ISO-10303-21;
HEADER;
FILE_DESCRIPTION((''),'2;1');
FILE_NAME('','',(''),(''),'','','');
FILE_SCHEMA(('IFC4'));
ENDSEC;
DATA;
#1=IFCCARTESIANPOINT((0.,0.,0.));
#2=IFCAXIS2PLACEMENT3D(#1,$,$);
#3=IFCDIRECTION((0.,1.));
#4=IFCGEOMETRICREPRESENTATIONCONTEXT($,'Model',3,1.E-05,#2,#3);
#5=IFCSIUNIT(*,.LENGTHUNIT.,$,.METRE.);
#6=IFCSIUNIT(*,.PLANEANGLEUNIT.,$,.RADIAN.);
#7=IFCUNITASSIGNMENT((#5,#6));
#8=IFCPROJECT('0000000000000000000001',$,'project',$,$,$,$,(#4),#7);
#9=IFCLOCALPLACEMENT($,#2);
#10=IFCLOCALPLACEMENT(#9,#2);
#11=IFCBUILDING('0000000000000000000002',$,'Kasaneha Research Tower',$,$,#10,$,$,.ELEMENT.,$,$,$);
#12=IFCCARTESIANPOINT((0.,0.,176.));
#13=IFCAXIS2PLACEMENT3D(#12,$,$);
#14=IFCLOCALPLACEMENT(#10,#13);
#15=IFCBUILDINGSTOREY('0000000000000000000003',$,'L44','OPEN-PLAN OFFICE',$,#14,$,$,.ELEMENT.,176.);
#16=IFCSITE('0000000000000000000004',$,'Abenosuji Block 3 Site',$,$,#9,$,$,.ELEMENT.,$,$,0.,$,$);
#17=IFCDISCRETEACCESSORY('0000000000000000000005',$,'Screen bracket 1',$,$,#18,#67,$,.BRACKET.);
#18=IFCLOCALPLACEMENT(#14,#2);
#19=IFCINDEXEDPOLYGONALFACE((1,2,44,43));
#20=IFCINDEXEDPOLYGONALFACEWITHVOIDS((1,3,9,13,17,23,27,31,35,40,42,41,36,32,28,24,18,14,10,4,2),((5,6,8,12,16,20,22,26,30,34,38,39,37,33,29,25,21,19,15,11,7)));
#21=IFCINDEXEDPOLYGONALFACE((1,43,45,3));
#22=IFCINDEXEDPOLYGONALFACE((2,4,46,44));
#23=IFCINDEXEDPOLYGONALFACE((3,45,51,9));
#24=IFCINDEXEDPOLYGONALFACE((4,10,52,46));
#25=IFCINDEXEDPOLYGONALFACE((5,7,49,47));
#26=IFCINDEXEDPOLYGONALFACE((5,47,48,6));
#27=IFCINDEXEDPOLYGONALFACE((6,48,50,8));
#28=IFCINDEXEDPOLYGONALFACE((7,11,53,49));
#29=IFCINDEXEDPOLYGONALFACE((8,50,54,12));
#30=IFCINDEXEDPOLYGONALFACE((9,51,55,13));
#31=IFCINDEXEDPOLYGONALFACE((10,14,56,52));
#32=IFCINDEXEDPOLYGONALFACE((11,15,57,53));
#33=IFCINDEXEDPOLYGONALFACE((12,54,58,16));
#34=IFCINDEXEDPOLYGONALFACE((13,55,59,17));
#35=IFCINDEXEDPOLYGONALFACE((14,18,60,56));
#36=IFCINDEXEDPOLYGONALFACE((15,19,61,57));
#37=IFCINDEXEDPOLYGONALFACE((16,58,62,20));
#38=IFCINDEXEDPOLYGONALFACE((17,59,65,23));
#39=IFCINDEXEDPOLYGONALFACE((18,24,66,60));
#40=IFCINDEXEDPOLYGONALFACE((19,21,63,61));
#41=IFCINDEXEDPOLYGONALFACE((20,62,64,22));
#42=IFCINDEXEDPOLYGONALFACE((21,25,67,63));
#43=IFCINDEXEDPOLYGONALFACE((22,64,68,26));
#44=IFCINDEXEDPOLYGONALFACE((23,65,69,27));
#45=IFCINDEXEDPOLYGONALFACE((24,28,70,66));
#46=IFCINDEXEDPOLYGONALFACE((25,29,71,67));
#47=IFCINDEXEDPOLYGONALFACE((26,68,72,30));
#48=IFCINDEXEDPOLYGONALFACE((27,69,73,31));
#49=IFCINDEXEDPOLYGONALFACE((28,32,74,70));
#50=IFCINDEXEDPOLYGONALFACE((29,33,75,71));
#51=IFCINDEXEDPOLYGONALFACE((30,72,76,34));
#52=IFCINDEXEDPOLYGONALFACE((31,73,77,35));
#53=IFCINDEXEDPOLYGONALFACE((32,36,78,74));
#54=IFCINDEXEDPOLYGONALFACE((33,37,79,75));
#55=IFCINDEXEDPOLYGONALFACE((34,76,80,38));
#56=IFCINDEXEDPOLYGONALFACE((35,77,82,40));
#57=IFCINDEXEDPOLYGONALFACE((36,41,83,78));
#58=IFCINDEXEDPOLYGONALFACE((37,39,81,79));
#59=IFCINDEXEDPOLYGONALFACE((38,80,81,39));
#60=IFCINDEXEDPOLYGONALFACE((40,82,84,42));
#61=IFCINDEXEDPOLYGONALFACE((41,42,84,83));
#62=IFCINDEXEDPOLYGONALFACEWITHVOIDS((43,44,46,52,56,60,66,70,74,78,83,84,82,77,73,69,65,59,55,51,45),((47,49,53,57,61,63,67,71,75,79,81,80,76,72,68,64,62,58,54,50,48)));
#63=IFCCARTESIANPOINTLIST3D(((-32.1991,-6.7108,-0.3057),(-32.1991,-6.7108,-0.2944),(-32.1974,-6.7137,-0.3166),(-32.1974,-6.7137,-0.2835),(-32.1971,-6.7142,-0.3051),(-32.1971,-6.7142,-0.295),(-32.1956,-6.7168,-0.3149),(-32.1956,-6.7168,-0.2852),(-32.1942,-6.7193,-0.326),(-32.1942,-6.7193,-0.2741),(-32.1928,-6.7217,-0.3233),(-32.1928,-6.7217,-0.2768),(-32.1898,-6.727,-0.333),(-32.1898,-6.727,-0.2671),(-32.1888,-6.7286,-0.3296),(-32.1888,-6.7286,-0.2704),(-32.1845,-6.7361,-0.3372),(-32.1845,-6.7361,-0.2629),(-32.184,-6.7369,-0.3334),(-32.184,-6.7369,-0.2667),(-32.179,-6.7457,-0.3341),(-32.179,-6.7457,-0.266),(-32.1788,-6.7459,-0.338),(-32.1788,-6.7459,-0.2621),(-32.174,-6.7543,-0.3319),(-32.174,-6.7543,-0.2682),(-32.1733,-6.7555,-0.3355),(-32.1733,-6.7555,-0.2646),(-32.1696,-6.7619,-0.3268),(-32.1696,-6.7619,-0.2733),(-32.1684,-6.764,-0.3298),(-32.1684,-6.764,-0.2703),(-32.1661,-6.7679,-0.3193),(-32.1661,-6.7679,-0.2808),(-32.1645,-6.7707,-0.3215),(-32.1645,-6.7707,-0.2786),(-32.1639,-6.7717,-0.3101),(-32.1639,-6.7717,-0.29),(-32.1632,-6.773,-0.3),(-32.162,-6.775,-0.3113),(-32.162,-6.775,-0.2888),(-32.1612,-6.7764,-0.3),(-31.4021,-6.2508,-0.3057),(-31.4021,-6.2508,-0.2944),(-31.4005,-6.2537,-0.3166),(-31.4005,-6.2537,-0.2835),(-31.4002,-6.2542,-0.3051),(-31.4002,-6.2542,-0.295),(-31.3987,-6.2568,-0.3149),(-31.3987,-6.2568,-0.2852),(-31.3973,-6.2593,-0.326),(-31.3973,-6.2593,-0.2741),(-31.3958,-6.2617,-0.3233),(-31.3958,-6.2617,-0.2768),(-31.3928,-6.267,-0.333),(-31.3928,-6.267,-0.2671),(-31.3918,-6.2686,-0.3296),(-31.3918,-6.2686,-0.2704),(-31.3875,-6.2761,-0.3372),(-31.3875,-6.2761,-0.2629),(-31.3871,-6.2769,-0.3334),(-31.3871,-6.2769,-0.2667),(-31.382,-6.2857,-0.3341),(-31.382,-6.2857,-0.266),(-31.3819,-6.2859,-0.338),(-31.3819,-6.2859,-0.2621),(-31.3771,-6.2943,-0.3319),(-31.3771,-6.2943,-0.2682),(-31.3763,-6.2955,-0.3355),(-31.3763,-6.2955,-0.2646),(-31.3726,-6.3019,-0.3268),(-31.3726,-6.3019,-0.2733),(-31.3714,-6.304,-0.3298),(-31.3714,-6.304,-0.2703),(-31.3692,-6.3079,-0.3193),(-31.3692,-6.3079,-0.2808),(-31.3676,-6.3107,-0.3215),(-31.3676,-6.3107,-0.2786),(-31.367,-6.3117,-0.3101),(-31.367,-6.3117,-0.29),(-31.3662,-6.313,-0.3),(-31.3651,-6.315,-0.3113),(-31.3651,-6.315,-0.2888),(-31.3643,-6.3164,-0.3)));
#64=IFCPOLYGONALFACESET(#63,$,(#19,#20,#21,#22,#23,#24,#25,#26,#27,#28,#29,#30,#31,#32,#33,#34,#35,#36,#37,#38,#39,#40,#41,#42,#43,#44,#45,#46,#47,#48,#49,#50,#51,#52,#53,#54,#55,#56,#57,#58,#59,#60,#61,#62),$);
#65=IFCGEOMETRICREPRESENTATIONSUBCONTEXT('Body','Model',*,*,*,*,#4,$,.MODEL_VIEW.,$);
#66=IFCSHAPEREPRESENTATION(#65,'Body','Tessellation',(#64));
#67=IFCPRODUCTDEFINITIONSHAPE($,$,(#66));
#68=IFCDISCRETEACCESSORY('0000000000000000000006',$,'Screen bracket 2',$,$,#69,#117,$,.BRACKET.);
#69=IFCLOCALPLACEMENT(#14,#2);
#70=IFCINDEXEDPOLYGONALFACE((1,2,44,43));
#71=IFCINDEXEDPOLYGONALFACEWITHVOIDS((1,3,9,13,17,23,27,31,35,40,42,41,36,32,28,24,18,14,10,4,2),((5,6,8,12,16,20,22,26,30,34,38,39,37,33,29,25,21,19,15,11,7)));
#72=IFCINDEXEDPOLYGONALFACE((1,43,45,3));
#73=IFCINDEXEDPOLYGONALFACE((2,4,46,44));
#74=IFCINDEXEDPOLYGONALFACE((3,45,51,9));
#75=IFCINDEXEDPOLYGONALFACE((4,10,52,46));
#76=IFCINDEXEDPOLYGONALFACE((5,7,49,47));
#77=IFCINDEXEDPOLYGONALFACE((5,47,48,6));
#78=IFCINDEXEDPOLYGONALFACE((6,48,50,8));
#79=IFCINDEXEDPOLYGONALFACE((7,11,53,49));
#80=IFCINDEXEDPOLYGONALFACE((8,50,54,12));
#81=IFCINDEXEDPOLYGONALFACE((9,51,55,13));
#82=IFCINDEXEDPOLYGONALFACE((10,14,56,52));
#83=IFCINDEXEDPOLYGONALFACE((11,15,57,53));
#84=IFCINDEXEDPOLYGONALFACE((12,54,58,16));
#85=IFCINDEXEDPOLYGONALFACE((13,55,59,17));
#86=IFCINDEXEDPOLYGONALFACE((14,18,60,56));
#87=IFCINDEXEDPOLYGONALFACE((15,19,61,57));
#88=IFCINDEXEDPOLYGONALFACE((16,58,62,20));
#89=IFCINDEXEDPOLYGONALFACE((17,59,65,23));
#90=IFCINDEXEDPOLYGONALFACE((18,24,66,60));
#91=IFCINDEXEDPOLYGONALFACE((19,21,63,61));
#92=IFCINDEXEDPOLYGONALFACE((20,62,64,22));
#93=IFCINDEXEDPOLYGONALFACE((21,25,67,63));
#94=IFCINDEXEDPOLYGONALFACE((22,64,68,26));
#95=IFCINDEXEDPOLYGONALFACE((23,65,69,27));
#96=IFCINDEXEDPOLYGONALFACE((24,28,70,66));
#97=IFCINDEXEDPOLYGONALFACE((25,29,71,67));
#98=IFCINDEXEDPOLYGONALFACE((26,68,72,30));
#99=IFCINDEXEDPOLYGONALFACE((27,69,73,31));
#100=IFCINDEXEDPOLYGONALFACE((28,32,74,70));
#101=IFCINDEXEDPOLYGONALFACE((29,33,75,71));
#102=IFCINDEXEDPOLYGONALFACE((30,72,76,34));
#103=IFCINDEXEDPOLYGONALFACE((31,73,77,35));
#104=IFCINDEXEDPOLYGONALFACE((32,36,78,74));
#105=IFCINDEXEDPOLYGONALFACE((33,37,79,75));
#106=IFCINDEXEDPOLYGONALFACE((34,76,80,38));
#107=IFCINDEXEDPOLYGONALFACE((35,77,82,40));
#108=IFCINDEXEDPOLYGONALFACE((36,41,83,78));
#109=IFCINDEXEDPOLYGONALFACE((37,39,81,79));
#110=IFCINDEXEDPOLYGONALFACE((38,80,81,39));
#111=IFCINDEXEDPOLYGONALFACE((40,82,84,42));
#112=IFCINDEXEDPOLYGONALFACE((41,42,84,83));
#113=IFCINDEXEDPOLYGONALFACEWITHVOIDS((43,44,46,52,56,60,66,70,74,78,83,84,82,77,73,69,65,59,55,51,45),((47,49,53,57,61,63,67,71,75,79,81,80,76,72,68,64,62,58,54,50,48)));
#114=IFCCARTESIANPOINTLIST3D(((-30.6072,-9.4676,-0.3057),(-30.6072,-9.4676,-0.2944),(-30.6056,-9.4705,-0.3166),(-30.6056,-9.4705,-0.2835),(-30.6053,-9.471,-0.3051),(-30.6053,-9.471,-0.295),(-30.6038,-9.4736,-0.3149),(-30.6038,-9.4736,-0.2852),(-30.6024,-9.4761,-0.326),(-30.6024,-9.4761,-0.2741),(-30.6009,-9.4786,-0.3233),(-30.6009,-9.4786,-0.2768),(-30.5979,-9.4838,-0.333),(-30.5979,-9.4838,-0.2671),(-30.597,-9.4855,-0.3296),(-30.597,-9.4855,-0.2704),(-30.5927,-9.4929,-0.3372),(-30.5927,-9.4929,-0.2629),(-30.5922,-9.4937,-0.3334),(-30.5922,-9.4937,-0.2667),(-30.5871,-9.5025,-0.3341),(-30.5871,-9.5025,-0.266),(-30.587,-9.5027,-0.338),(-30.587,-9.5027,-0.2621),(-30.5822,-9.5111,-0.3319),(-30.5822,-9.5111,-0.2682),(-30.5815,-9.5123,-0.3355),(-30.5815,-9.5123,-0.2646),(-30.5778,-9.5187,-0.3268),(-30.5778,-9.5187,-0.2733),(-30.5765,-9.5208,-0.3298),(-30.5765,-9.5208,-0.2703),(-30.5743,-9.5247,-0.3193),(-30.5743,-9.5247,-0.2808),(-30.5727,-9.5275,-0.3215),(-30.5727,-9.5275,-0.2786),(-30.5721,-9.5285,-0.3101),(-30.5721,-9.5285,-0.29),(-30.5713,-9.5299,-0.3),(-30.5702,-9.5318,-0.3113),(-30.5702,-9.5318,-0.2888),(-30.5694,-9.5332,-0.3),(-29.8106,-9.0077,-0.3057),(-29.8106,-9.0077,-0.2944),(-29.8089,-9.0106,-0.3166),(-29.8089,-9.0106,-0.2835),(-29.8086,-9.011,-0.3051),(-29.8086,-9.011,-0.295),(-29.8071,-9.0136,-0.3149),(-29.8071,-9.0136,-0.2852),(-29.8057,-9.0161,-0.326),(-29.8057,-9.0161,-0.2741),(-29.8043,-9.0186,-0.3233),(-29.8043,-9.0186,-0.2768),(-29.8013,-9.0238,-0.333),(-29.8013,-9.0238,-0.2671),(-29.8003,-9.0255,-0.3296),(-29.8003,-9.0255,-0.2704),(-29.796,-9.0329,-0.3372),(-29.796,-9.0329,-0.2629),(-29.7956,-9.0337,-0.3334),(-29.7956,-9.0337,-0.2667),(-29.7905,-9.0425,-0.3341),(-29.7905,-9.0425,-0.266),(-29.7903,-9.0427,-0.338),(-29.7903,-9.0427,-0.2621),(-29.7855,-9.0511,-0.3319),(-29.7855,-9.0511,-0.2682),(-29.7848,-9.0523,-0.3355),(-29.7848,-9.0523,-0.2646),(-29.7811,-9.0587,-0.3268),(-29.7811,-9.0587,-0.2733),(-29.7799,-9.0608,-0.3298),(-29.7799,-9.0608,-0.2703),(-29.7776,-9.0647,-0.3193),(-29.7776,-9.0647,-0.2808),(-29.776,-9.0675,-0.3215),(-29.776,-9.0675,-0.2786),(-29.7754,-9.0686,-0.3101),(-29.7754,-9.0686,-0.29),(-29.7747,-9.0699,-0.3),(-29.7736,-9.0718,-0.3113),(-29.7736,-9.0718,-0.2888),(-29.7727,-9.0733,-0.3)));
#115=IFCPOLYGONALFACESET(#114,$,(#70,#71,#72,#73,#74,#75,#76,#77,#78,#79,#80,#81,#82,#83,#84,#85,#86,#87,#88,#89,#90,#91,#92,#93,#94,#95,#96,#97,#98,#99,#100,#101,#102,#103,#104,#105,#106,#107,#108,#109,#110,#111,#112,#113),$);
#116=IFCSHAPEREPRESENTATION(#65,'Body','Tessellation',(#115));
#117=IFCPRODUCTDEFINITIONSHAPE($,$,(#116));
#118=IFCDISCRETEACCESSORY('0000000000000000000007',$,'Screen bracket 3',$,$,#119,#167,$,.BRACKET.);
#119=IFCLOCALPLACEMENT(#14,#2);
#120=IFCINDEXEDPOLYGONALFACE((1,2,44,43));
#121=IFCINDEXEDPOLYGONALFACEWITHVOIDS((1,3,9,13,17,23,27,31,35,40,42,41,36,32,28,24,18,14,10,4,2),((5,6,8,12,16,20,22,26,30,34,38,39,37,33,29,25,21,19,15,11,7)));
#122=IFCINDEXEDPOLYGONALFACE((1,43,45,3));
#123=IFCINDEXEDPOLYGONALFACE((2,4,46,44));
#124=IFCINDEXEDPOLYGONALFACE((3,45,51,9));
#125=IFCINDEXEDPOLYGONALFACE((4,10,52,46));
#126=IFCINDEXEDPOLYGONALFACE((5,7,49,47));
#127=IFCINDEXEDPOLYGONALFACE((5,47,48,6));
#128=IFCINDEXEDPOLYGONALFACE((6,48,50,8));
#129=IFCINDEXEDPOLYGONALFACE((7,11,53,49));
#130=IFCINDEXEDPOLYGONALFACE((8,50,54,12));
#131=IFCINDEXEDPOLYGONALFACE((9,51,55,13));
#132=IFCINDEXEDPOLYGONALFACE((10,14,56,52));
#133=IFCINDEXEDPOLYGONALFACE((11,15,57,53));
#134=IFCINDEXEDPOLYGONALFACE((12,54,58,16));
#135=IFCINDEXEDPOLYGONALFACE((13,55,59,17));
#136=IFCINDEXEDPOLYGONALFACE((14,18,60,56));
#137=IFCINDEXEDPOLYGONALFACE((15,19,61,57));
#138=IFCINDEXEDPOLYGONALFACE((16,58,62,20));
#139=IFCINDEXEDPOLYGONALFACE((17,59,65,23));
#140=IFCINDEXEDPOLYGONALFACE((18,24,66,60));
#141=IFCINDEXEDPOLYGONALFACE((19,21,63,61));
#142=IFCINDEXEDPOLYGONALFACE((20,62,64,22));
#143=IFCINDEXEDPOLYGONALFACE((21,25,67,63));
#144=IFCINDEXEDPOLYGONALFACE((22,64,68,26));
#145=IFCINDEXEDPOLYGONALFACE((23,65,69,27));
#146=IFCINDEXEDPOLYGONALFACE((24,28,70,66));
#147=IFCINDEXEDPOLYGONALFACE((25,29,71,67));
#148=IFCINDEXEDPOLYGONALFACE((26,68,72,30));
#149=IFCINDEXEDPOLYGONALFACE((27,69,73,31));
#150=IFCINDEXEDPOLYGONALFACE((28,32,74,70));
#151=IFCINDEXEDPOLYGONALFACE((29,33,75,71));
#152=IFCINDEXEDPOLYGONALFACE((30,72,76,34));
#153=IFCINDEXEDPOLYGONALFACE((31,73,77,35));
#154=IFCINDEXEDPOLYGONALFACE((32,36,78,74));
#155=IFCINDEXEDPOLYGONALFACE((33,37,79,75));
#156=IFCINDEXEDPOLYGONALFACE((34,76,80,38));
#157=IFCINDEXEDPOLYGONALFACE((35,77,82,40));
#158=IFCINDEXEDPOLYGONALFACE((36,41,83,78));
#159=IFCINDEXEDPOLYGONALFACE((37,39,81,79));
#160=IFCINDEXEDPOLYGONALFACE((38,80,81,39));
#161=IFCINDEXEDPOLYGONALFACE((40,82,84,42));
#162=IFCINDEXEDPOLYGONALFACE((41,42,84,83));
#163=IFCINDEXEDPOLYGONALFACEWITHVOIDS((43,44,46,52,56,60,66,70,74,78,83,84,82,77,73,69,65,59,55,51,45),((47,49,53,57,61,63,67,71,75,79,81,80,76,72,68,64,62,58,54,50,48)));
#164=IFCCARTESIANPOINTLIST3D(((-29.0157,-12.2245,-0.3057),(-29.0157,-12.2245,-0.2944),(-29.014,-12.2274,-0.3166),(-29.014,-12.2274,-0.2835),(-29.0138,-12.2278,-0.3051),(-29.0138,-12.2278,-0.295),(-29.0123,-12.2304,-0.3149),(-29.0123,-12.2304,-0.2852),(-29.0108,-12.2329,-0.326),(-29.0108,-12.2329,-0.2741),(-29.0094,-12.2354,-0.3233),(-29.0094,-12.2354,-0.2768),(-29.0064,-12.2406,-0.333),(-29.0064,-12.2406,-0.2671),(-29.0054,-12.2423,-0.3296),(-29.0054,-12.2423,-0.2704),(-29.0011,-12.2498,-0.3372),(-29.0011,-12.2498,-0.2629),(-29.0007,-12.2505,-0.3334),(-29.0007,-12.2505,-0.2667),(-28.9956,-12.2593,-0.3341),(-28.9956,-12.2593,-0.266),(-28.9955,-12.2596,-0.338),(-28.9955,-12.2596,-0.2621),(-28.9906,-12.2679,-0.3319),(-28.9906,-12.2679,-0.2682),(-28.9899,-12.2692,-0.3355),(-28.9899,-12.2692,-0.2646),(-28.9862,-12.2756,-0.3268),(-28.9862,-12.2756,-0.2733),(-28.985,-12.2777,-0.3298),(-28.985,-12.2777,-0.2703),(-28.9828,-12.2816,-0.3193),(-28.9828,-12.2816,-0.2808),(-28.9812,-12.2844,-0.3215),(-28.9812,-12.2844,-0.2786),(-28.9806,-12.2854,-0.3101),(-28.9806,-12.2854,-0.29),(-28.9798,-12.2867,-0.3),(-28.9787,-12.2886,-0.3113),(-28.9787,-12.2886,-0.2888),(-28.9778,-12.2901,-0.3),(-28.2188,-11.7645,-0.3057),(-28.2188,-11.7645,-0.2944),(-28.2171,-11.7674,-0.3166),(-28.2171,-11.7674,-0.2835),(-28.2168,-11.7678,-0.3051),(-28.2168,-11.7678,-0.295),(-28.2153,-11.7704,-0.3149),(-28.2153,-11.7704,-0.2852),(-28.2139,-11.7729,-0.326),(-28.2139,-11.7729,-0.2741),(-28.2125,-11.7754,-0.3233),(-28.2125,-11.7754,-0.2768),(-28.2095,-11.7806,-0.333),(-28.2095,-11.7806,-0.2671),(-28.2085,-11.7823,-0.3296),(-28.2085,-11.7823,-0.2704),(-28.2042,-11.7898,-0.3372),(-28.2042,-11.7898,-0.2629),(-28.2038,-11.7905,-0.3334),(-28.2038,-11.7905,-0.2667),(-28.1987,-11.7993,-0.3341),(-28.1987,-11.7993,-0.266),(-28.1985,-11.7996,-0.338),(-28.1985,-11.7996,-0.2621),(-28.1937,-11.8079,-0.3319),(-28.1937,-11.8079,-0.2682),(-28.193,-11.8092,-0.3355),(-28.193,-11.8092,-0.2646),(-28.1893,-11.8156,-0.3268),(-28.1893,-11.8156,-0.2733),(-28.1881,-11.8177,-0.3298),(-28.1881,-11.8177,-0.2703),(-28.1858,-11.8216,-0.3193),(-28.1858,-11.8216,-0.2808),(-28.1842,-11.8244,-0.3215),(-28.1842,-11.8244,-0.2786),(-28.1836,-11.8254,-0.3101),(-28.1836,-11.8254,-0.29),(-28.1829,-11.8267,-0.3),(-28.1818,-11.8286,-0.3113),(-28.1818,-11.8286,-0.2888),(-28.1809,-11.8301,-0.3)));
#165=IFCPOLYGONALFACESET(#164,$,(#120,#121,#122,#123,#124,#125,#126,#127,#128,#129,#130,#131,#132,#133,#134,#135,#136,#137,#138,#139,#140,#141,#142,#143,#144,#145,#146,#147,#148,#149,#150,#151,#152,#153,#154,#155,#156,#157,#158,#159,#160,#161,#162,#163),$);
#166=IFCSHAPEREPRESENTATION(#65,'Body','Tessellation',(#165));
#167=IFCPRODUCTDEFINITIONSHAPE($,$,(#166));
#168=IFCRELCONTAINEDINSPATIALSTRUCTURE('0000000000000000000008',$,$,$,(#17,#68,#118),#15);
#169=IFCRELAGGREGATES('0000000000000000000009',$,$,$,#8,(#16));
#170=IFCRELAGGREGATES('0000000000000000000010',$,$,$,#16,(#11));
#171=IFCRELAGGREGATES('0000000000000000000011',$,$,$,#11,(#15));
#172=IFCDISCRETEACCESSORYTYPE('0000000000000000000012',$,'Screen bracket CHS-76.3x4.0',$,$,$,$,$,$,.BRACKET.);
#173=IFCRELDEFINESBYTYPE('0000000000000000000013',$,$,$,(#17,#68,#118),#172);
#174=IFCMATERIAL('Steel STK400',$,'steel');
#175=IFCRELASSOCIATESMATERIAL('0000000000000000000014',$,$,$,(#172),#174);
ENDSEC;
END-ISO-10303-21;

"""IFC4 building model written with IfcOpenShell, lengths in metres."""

from ifc_helpers import new_model, si_unit, direction, frame, origin, origin_2d, place, context, subcontext, project, spatial, hollow_circle, extrude, material, material_profile, profile_set, type_object, element, save


model = new_model("IFC4")

# Units and contexts
model_context = context("Model", 3, precision=1e-05, world=origin(), true_north=direction((0.0, 1.0)))
body_context = subcontext(model_context, "Body", "Model", "MODEL_VIEW")
ifc_project = project(units=[si_unit("LENGTHUNIT", "METRE"), si_unit("PLANEANGLEUNIT", "RADIAN")], contexts=[model_context])

# Site, building, storey
site_placement = place(None, origin())
site = spatial("IfcSite", under=ifc_project, at=site_placement, Name="Abenosuji Block 3 Site", CompositionType="ELEMENT", RefElevation=0.0)
building_placement = place(site_placement, origin())
building = spatial("IfcBuilding", under=site, at=building_placement, Name="Kasaneha Research Tower", CompositionType="ELEMENT")
storey_placement = place(building_placement, frame((0.0, 0.0, 176.0)))
storey = spatial("IfcBuildingStorey", under=building, at=storey_placement, Name="L44", Description="OPEN-PLAN OFFICE", CompositionType="ELEMENT", Elevation=176.0)

# Discrete accessories
ifc_material_1 = material(Name="Steel STK400", Category="steel")
ifc_material_profile_1 = material_profile(ifc_material_1, hollow_circle(Radius=0.0381, WallThickness=0.0039, at=origin_2d()), Name="CHS-76.3x4.0")
ifc_profile_set_1 = profile_set([ifc_material_profile_1], Name="Steel STK400")
discrete_accessory_type = type_object("IfcDiscreteAccessoryType", Name="Screen bracket CHS-76.3x4.0", PredefinedType="BRACKET", material=ifc_profile_set_1)
discrete_accessory_1_placement = place(storey_placement, frame((-31.3833, -6.2834, -0.3), z_axis=(-0.86608, -0.499906, 0.0), x_axis=(0.499906, -0.86608, 0.0)))
element("IfcDiscreteAccessory", 1, at=discrete_accessory_1_placement, inside=storey, type_object=discrete_accessory_type, Name="Screen bracket 1", PredefinedType="BRACKET", context=body_context, shape_type="SweptSolid", body=[
    extrude(hollow_circle(Radius=0.0381, WallThickness=0.0039, at=origin_2d()), origin(), (0.0, 0.0, 1.0), 0.9202),
])
discrete_accessory_2_placement = place(storey_placement, frame((-29.7917, -9.0403, -0.3), z_axis=(-0.866013, -0.500021, 0.0), x_axis=(0.500021, -0.866013, 0.0)))
element("IfcDiscreteAccessory", 2, at=discrete_accessory_2_placement, inside=storey, type_object=discrete_accessory_type, Name="Screen bracket 2", PredefinedType="BRACKET", context=body_context, shape_type="SweptSolid", body=[
    extrude(hollow_circle(Radius=0.0381, WallThickness=0.0039, at=origin_2d()), origin(), (0.0, 0.0, 1.0), 0.9199),
])
discrete_accessory_3_placement = place(storey_placement, frame((-28.2, -11.7971, -0.3), z_axis=(-0.86608, -0.499906, 0.0), x_axis=(0.499906, -0.86608, 0.0)))
element("IfcDiscreteAccessory", 3, at=discrete_accessory_3_placement, inside=storey, type_object=discrete_accessory_type, Name="Screen bracket 3", PredefinedType="BRACKET", context=body_context, shape_type="SweptSolid", body=[
    extrude(hollow_circle(Radius=0.0381, WallThickness=0.0039, at=origin_2d()), origin(), (0.0, 0.0, 1.0), 0.9202),
])

save(model, "model.ifc")
